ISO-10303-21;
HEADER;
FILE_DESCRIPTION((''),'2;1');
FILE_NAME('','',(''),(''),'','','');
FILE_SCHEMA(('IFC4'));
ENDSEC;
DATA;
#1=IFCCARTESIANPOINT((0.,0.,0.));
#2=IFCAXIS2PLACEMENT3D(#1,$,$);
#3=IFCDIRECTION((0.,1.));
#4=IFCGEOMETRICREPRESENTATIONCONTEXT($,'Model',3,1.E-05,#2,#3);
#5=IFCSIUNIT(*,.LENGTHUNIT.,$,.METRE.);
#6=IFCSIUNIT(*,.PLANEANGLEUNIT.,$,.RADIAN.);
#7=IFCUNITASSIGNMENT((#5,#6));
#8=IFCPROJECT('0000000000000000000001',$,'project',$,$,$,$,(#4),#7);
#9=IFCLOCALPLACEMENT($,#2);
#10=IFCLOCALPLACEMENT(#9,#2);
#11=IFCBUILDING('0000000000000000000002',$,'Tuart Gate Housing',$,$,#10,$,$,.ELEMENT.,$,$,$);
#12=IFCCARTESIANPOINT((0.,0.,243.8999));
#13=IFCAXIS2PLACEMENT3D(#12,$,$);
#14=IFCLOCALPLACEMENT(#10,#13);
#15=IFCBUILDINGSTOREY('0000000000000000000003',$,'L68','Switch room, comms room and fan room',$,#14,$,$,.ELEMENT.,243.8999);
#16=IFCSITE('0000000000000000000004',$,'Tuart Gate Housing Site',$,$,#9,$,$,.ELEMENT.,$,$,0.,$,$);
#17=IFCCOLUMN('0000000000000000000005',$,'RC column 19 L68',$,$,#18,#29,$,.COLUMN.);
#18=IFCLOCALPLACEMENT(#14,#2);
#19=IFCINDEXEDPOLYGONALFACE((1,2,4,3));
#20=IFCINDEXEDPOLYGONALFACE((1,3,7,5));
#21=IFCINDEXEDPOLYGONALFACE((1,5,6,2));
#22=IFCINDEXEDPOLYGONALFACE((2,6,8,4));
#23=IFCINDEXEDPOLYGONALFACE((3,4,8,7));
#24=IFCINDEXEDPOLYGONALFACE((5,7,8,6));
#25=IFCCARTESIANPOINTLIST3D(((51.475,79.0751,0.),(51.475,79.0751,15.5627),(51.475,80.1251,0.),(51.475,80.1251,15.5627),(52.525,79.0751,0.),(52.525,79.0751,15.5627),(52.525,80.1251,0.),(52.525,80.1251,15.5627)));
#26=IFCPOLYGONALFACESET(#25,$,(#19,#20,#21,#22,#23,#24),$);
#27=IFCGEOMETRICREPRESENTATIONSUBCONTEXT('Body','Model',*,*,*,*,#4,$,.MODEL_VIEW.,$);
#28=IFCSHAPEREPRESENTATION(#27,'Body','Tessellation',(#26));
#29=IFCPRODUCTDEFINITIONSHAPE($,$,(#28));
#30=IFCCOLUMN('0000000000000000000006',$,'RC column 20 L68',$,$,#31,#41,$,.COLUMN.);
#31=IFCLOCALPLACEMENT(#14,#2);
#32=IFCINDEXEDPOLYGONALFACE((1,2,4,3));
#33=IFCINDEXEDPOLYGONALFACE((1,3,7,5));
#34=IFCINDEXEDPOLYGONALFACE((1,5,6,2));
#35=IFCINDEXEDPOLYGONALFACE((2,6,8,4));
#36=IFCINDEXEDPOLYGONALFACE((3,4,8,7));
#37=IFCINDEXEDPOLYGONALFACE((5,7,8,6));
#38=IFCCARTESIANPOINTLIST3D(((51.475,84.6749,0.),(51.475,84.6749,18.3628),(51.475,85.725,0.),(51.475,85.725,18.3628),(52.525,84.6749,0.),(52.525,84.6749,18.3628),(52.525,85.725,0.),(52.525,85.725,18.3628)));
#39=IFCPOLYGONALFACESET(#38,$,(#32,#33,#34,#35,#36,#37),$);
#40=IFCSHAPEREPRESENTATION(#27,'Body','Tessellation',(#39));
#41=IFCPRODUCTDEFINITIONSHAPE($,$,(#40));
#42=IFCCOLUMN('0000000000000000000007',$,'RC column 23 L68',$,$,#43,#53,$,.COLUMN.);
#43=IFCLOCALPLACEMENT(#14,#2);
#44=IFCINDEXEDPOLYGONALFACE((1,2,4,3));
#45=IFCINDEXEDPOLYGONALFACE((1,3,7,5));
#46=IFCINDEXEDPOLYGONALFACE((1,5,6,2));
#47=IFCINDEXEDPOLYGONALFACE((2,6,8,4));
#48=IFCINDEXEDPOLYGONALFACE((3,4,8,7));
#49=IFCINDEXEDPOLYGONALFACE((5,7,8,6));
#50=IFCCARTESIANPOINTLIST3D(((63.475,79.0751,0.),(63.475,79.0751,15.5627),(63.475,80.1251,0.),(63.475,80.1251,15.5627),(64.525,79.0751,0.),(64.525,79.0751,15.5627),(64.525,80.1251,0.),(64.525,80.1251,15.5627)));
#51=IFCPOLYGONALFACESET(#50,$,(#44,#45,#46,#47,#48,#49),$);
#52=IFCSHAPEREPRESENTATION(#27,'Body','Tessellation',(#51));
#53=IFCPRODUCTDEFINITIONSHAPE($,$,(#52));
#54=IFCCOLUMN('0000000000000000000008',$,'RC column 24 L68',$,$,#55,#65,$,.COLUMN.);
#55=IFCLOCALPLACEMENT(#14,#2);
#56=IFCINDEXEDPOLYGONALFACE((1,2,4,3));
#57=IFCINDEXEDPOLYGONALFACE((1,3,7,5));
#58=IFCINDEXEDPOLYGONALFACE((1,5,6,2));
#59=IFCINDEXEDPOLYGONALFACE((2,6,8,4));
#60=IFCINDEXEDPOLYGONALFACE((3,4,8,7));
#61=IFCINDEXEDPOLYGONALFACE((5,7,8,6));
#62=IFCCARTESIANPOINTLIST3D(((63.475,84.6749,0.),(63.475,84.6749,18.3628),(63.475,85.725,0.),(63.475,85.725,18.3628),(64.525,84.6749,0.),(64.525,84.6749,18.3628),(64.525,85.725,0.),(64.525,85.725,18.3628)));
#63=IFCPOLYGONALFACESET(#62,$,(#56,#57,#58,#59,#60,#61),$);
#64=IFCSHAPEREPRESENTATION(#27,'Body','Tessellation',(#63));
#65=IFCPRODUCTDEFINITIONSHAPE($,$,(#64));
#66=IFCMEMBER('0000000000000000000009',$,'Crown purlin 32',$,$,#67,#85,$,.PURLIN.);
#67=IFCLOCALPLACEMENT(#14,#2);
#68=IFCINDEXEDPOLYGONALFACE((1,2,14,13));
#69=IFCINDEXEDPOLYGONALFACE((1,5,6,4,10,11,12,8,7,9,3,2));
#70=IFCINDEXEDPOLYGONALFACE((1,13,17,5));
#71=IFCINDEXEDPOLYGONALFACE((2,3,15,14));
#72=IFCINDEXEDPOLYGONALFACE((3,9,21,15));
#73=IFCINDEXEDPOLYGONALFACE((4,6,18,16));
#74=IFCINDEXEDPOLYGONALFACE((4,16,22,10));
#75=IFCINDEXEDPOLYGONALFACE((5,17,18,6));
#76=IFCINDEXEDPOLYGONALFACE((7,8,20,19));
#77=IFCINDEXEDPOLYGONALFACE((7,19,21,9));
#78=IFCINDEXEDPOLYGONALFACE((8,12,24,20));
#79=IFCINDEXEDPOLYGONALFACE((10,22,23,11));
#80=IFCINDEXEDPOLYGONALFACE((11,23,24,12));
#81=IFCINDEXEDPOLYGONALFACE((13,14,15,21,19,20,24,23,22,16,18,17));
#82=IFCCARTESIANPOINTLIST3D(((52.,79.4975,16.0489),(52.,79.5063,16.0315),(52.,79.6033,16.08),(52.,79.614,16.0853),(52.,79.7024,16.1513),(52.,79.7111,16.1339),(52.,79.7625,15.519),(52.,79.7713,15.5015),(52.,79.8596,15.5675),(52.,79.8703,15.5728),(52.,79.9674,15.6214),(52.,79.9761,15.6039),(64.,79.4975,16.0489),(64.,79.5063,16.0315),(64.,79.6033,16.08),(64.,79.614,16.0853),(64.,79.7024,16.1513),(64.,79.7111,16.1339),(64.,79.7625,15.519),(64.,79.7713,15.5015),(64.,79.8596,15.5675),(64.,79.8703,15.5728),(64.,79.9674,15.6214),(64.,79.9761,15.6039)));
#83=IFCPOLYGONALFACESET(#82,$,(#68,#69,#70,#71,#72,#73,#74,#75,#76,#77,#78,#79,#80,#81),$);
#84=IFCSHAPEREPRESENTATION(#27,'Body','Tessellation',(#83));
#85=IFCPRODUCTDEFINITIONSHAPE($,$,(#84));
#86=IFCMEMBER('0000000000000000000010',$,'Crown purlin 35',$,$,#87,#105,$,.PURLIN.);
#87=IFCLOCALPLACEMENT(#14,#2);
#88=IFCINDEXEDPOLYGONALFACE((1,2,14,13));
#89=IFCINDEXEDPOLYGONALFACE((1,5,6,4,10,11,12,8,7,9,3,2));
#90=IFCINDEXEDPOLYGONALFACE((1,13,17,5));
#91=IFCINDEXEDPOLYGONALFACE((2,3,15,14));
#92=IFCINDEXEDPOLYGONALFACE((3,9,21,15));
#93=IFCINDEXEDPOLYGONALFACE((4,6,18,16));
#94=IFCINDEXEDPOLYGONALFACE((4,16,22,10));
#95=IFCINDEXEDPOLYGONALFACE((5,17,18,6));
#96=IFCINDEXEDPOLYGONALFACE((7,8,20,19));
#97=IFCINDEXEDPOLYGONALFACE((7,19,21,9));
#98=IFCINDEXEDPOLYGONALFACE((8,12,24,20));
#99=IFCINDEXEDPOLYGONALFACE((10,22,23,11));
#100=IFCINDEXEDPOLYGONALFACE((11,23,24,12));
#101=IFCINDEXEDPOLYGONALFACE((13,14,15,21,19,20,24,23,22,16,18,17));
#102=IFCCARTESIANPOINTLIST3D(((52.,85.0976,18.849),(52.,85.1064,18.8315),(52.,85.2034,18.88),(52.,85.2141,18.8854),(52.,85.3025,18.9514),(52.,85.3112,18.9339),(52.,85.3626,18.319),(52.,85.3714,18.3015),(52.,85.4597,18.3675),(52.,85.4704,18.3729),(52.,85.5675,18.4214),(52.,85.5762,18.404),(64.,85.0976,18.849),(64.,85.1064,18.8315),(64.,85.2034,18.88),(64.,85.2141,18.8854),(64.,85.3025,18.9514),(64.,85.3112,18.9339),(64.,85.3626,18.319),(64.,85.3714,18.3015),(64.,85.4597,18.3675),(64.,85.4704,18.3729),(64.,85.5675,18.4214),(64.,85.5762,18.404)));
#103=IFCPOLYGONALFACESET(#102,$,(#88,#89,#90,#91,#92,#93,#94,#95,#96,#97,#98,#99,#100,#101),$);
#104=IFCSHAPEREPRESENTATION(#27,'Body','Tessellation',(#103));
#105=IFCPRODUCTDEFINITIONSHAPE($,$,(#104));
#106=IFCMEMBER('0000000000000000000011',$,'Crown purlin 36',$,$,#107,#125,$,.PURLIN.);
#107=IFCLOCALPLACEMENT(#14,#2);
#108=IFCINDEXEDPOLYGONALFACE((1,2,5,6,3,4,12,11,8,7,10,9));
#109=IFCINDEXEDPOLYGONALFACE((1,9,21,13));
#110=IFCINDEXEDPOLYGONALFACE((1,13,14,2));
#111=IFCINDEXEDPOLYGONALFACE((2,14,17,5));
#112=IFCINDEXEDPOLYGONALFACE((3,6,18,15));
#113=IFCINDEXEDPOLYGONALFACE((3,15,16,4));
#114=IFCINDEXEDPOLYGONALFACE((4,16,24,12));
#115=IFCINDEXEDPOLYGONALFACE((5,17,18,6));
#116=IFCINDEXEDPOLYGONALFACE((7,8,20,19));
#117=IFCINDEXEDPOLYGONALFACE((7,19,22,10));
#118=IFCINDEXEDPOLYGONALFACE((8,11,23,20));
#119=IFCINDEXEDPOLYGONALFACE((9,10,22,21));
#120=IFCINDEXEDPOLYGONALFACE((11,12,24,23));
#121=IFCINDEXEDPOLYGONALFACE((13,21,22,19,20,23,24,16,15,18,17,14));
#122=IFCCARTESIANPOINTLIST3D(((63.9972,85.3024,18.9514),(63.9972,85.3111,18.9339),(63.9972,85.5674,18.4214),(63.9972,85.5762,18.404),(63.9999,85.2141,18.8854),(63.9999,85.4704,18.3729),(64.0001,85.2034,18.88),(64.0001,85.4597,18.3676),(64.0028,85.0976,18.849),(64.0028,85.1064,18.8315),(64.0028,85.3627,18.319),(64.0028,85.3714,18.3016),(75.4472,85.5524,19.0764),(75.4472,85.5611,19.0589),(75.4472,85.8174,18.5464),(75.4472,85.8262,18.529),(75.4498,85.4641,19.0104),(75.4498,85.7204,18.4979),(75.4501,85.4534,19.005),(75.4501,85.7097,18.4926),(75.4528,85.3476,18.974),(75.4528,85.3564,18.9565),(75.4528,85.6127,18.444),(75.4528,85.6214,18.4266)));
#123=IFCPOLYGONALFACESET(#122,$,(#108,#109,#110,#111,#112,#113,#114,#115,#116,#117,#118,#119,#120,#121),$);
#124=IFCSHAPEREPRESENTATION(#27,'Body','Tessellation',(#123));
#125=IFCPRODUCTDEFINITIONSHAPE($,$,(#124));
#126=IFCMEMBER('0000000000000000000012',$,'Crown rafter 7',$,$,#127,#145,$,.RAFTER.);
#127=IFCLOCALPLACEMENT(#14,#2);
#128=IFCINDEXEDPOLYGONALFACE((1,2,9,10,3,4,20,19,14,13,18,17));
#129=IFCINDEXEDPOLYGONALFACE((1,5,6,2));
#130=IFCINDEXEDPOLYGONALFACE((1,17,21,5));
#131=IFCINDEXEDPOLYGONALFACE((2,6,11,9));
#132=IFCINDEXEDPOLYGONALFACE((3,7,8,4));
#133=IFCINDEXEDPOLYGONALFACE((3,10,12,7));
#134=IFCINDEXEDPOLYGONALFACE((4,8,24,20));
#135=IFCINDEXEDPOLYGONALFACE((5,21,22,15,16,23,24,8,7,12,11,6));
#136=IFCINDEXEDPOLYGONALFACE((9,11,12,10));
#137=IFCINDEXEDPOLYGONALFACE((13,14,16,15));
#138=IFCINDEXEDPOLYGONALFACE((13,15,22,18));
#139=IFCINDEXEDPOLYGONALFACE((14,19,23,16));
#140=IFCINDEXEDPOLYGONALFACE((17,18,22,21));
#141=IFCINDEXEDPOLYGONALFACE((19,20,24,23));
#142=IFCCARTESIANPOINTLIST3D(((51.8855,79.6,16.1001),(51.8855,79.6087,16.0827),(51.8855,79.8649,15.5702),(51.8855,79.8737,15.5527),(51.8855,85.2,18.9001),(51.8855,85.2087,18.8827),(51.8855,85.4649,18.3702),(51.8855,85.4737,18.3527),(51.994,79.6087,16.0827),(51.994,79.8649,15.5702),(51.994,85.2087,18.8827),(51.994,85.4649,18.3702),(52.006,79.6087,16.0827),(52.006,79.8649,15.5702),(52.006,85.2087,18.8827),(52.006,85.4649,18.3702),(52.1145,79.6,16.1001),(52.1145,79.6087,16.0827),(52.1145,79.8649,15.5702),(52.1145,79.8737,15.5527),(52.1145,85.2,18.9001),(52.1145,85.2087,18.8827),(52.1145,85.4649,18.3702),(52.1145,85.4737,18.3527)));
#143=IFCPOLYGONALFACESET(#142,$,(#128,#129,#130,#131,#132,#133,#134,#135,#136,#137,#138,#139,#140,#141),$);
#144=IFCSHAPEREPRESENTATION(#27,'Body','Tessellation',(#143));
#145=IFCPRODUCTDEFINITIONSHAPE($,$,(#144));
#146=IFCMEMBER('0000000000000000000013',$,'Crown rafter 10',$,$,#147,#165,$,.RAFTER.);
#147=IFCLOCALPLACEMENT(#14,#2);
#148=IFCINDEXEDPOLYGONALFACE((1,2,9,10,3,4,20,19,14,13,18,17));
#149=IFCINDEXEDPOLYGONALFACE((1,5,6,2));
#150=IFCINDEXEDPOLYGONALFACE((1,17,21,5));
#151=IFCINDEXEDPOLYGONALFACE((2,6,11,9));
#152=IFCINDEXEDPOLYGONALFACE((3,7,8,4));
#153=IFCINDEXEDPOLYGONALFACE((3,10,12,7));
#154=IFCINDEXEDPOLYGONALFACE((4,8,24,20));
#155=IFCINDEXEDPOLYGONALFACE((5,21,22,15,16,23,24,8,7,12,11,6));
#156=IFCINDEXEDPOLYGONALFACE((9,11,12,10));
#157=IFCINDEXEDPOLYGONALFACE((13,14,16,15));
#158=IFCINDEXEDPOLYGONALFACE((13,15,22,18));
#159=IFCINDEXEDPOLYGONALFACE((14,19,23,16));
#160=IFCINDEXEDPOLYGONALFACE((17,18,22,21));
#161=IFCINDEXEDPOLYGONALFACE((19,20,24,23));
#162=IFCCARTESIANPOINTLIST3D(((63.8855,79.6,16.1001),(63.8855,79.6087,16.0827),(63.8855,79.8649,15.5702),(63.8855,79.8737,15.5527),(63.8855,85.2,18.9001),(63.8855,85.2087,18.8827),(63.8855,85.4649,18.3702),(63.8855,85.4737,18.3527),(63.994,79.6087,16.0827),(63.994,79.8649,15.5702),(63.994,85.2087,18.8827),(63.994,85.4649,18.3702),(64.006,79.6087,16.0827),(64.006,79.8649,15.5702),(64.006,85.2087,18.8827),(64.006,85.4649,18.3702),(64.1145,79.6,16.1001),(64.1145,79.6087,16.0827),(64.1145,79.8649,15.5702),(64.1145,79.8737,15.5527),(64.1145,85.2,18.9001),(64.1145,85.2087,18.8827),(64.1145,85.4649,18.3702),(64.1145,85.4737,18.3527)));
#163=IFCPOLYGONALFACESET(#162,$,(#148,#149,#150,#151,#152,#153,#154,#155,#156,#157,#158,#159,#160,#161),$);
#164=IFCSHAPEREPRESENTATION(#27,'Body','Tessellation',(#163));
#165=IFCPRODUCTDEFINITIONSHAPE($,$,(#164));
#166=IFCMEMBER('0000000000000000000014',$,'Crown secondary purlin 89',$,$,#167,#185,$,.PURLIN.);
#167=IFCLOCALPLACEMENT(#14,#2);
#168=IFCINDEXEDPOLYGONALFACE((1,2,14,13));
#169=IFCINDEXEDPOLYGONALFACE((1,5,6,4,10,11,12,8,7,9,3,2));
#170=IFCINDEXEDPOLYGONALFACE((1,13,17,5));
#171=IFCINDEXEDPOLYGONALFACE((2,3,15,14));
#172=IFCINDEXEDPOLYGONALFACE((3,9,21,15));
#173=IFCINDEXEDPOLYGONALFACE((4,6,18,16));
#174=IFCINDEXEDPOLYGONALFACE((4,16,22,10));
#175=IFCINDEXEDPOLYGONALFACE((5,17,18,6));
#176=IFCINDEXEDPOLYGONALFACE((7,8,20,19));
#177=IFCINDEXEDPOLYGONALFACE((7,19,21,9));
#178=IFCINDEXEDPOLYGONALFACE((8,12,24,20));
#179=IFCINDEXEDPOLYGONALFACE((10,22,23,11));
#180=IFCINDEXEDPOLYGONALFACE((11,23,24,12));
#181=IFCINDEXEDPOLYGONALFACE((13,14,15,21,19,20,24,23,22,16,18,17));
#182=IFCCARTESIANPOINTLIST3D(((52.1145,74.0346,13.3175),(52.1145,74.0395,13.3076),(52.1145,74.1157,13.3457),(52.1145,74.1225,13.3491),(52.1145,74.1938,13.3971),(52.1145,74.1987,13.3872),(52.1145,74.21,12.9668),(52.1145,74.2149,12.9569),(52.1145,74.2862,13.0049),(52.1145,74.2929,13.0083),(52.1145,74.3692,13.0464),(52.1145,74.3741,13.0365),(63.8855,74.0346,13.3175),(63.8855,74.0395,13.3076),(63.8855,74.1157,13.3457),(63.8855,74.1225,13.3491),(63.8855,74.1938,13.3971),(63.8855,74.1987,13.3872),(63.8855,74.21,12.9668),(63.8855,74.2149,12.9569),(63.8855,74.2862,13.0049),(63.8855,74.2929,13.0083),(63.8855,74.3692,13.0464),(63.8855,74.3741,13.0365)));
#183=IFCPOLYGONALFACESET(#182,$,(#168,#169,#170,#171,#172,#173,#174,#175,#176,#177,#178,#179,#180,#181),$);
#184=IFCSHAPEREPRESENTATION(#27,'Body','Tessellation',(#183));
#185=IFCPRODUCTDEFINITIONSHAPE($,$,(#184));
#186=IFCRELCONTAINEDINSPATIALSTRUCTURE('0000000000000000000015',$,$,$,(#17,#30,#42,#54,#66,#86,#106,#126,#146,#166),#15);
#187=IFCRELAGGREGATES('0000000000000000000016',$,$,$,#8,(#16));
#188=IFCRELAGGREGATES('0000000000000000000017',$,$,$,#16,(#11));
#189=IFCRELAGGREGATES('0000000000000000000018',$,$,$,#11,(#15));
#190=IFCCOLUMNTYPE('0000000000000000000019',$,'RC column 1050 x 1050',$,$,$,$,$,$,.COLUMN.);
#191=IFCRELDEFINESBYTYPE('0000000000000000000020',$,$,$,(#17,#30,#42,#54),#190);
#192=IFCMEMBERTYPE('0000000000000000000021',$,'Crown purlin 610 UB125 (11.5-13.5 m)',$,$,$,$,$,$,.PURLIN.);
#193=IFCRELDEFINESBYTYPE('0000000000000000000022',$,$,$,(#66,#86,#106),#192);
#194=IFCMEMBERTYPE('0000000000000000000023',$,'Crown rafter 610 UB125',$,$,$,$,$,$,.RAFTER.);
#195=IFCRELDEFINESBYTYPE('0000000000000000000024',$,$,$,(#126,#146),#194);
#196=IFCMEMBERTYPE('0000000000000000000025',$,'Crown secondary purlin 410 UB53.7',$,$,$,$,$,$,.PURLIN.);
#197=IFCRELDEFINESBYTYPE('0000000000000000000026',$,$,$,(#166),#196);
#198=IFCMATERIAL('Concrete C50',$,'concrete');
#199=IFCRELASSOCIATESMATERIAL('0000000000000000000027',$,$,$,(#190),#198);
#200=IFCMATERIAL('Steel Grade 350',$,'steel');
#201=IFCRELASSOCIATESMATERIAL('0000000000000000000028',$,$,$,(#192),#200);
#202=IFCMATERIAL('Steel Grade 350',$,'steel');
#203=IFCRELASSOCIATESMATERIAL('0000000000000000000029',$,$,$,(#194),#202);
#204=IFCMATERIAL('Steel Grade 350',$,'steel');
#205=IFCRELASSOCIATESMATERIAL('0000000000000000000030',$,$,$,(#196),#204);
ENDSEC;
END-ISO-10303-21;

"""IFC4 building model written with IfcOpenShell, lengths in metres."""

from ifc_helpers import new_model, si_unit, direction, frame, origin, origin_2d, place, context, subcontext, project, spatial, rectangle, i_section, extrude, material, material_profile, profile_set, type_object, element, save


model = new_model("IFC4")

# Units and contexts
model_context = context("Model", 3, precision=1e-05, world=origin(), true_north=direction((0.0, 1.0)))
body_context = subcontext(model_context, "Body", "Model", "MODEL_VIEW")
ifc_project = project(units=[si_unit("LENGTHUNIT", "METRE"), si_unit("PLANEANGLEUNIT", "RADIAN")], contexts=[model_context])

# Site, building, storey
site_placement = place(None, origin())
site = spatial("IfcSite", under=ifc_project, at=site_placement, Name="Tuart Gate Housing Site", CompositionType="ELEMENT", RefElevation=0.0)
building_placement = place(site_placement, origin())
building = spatial("IfcBuilding", under=site, at=building_placement, Name="Tuart Gate Housing", CompositionType="ELEMENT")
storey_placement = place(building_placement, frame((0.0, 0.0, 243.8999)))
storey = spatial("IfcBuildingStorey", under=building, at=storey_placement, Name="L68", Description="Switch room, comms room and fan room", CompositionType="ELEMENT", Elevation=243.8999)

# Columns
ifc_material_1 = material(Name="Concrete C50", Category="concrete")
ifc_material_profile_1 = material_profile(ifc_material_1, rectangle(XDim=1.05, YDim=1.05, at=origin_2d()), Name="RC column 1050 x 1050")
ifc_profile_set_1 = profile_set([ifc_material_profile_1], Name="Concrete C50")
column_type = type_object("IfcColumnType", Name="RC column 1050 x 1050", PredefinedType="COLUMN", material=ifc_profile_set_1)
column_1_placement = place(storey_placement, frame((52.0, 79.6001, 0.0), z_axis=(0.0, 0.0, 1.0), x_axis=(1.0, 0.0, 0.0)))
element("IfcColumn", 1, at=column_1_placement, inside=storey, type_object=column_type, Name="RC column 19 L68", PredefinedType="COLUMN", context=body_context, shape_type="SweptSolid", body=[
    extrude(rectangle(XDim=1.05, YDim=1.05, at=origin_2d()), origin(), (0.0, 0.0, 1.0), 15.5627),
])
column_2_placement = place(storey_placement, frame((52.0, 85.2, 0.0), z_axis=(0.0, 0.0, 1.0), x_axis=(1.0, 0.0, 0.0)))
element("IfcColumn", 2, at=column_2_placement, inside=storey, type_object=column_type, Name="RC column 20 L68", PredefinedType="COLUMN", context=body_context, shape_type="SweptSolid", body=[
    extrude(rectangle(XDim=1.05, YDim=1.05, at=origin_2d()), origin(), (0.0, 0.0, 1.0), 18.3628),
])
column_3_placement = place(storey_placement, frame((64.0, 79.6001, 0.0), z_axis=(0.0, 0.0, 1.0), x_axis=(1.0, 0.0, 0.0)))
element("IfcColumn", 3, at=column_3_placement, inside=storey, type_object=column_type, Name="RC column 23 L68", PredefinedType="COLUMN", context=body_context, shape_type="SweptSolid", body=[
    extrude(rectangle(XDim=1.05, YDim=1.05, at=origin_2d()), origin(), (0.0, 0.0, 1.0), 15.5627),
])
column_4_placement = place(storey_placement, frame((64.0, 85.2, 0.0), z_axis=(0.0, 0.0, 1.0), x_axis=(1.0, 0.0, 0.0)))
element("IfcColumn", 4, at=column_4_placement, inside=storey, type_object=column_type, Name="RC column 24 L68", PredefinedType="COLUMN", context=body_context, shape_type="SweptSolid", body=[
    extrude(rectangle(XDim=1.05, YDim=1.05, at=origin_2d()), origin(), (0.0, 0.0, 1.0), 18.3628),
])

# Members
ifc_material_2 = material(Name="Steel Grade 350", Category="steel")
ifc_material_profile_2 = material_profile(ifc_material_2, i_section(OverallWidth=0.229, OverallDepth=0.6121, WebThickness=0.012, FlangeThickness=0.0195, at=origin_2d()), Name="610UB125")
ifc_profile_set_2 = profile_set([ifc_material_profile_2], Name="Steel Grade 350")
member_type_1 = type_object("IfcMemberType", Name="Crown purlin 610 UB125 (11.5-13.5 m)", PredefinedType="PURLIN", material=ifc_profile_set_2)
for number, where, z_axis, x_axis, name in (
    (5, (52.0, 79.7368, 15.8264), (1.0, 0.0, 0.0), (0.0, 0.894427, 0.447214), "Crown purlin 32"),
    (6, (52.0, 85.3369, 18.6265), (1.0, 0.0, 0.0), (0.0, 0.894427, 0.447214), "Crown purlin 35"),
):
    element("IfcMember", number, at=place(storey_placement, frame(where, z_axis=z_axis, x_axis=x_axis)), inside=storey, type_object=member_type_1, Name=name, PredefinedType="PURLIN", context=body_context, shape_type="SweptSolid", body=[
        extrude(i_section(OverallWidth=0.229, OverallDepth=0.6121, WebThickness=0.012, FlangeThickness=0.0195, at=origin_2d()), origin(), (0.0, 0.0, 1.0), 12.0),
    ])
member_placement = place(storey_placement, frame((64.0, 85.3369, 18.6265), z_axis=(0.999702, 0.021828, 0.010914), x_axis=(-0.024404, 0.894107, 0.447188)))
element("IfcMember", 7, at=member_placement, inside=storey, type_object=member_type_1, Name="Crown purlin 36", PredefinedType="PURLIN", context=body_context, shape_type="SweptSolid", body=[
    extrude(i_section(OverallWidth=0.229, OverallDepth=0.6121, WebThickness=0.012, FlangeThickness=0.0195, at=origin_2d()), origin(), (0.0, 0.0, 1.0), 11.4534),
])
ifc_material_3 = material(Name="Steel Grade 350", Category="steel")
ifc_material_profile_3 = material_profile(ifc_material_3, i_section(OverallWidth=0.229, OverallDepth=0.6121, WebThickness=0.012, FlangeThickness=0.0195, at=origin_2d()), Name="610UB125")
ifc_profile_set_3 = profile_set([ifc_material_profile_3], Name="Steel Grade 350")
member_type_2 = type_object("IfcMemberType", Name="Crown rafter 610 UB125", PredefinedType="RAFTER", material=ifc_profile_set_3)
for number, where, z_axis, x_axis, name in (
    (8, (52.0, 79.7368, 15.8264), (0.0, 0.894427, 0.447214), (-1.0, 0.0, 0.0), "Crown rafter 7"),
    (9, (64.0, 79.7368, 15.8264), (0.0, 0.894427, 0.447214), (-1.0, 0.0, 0.0), "Crown rafter 10"),
):
    element("IfcMember", number, at=place(storey_placement, frame(where, z_axis=z_axis, x_axis=x_axis)), inside=storey, type_object=member_type_2, Name=name, PredefinedType="RAFTER", context=body_context, shape_type="SweptSolid", body=[
        extrude(i_section(OverallWidth=0.229, OverallDepth=0.6121, WebThickness=0.012, FlangeThickness=0.0195, at=origin_2d()), origin(), (0.0, 0.0, 1.0), 6.261),
    ])
ifc_material_4 = material(Name="Steel Grade 350", Category="steel")
ifc_material_profile_4 = material_profile(ifc_material_4, i_section(OverallWidth=0.178, OverallDepth=0.4031, WebThickness=0.0076, FlangeThickness=0.011, at=origin_2d()), Name="410UB53.7")
ifc_profile_set_4 = profile_set([ifc_material_profile_4], Name="Steel Grade 350")
member_type_3 = type_object("IfcMemberType", Name="Crown secondary purlin 410 UB53.7", PredefinedType="PURLIN", material=ifc_profile_set_4)
for number, where, z_axis, x_axis, name in (
    (10, (52.1145, 74.2043, 13.177), (1.0, 0.0, 0.0), (0.0, 0.894427, 0.447214), "Crown secondary purlin 89"),
):
    element("IfcMember", number, at=place(storey_placement, frame(where, z_axis=z_axis, x_axis=x_axis)), inside=storey, type_object=member_type_3, Name=name, PredefinedType="PURLIN", context=body_context, shape_type="SweptSolid", body=[
        extrude(i_section(OverallWidth=0.178, OverallDepth=0.4031, WebThickness=0.0076, FlangeThickness=0.011, at=origin_2d()), origin(), (0.0, 0.0, 1.0), 11.771),
    ])

save(model, "model.ifc")
